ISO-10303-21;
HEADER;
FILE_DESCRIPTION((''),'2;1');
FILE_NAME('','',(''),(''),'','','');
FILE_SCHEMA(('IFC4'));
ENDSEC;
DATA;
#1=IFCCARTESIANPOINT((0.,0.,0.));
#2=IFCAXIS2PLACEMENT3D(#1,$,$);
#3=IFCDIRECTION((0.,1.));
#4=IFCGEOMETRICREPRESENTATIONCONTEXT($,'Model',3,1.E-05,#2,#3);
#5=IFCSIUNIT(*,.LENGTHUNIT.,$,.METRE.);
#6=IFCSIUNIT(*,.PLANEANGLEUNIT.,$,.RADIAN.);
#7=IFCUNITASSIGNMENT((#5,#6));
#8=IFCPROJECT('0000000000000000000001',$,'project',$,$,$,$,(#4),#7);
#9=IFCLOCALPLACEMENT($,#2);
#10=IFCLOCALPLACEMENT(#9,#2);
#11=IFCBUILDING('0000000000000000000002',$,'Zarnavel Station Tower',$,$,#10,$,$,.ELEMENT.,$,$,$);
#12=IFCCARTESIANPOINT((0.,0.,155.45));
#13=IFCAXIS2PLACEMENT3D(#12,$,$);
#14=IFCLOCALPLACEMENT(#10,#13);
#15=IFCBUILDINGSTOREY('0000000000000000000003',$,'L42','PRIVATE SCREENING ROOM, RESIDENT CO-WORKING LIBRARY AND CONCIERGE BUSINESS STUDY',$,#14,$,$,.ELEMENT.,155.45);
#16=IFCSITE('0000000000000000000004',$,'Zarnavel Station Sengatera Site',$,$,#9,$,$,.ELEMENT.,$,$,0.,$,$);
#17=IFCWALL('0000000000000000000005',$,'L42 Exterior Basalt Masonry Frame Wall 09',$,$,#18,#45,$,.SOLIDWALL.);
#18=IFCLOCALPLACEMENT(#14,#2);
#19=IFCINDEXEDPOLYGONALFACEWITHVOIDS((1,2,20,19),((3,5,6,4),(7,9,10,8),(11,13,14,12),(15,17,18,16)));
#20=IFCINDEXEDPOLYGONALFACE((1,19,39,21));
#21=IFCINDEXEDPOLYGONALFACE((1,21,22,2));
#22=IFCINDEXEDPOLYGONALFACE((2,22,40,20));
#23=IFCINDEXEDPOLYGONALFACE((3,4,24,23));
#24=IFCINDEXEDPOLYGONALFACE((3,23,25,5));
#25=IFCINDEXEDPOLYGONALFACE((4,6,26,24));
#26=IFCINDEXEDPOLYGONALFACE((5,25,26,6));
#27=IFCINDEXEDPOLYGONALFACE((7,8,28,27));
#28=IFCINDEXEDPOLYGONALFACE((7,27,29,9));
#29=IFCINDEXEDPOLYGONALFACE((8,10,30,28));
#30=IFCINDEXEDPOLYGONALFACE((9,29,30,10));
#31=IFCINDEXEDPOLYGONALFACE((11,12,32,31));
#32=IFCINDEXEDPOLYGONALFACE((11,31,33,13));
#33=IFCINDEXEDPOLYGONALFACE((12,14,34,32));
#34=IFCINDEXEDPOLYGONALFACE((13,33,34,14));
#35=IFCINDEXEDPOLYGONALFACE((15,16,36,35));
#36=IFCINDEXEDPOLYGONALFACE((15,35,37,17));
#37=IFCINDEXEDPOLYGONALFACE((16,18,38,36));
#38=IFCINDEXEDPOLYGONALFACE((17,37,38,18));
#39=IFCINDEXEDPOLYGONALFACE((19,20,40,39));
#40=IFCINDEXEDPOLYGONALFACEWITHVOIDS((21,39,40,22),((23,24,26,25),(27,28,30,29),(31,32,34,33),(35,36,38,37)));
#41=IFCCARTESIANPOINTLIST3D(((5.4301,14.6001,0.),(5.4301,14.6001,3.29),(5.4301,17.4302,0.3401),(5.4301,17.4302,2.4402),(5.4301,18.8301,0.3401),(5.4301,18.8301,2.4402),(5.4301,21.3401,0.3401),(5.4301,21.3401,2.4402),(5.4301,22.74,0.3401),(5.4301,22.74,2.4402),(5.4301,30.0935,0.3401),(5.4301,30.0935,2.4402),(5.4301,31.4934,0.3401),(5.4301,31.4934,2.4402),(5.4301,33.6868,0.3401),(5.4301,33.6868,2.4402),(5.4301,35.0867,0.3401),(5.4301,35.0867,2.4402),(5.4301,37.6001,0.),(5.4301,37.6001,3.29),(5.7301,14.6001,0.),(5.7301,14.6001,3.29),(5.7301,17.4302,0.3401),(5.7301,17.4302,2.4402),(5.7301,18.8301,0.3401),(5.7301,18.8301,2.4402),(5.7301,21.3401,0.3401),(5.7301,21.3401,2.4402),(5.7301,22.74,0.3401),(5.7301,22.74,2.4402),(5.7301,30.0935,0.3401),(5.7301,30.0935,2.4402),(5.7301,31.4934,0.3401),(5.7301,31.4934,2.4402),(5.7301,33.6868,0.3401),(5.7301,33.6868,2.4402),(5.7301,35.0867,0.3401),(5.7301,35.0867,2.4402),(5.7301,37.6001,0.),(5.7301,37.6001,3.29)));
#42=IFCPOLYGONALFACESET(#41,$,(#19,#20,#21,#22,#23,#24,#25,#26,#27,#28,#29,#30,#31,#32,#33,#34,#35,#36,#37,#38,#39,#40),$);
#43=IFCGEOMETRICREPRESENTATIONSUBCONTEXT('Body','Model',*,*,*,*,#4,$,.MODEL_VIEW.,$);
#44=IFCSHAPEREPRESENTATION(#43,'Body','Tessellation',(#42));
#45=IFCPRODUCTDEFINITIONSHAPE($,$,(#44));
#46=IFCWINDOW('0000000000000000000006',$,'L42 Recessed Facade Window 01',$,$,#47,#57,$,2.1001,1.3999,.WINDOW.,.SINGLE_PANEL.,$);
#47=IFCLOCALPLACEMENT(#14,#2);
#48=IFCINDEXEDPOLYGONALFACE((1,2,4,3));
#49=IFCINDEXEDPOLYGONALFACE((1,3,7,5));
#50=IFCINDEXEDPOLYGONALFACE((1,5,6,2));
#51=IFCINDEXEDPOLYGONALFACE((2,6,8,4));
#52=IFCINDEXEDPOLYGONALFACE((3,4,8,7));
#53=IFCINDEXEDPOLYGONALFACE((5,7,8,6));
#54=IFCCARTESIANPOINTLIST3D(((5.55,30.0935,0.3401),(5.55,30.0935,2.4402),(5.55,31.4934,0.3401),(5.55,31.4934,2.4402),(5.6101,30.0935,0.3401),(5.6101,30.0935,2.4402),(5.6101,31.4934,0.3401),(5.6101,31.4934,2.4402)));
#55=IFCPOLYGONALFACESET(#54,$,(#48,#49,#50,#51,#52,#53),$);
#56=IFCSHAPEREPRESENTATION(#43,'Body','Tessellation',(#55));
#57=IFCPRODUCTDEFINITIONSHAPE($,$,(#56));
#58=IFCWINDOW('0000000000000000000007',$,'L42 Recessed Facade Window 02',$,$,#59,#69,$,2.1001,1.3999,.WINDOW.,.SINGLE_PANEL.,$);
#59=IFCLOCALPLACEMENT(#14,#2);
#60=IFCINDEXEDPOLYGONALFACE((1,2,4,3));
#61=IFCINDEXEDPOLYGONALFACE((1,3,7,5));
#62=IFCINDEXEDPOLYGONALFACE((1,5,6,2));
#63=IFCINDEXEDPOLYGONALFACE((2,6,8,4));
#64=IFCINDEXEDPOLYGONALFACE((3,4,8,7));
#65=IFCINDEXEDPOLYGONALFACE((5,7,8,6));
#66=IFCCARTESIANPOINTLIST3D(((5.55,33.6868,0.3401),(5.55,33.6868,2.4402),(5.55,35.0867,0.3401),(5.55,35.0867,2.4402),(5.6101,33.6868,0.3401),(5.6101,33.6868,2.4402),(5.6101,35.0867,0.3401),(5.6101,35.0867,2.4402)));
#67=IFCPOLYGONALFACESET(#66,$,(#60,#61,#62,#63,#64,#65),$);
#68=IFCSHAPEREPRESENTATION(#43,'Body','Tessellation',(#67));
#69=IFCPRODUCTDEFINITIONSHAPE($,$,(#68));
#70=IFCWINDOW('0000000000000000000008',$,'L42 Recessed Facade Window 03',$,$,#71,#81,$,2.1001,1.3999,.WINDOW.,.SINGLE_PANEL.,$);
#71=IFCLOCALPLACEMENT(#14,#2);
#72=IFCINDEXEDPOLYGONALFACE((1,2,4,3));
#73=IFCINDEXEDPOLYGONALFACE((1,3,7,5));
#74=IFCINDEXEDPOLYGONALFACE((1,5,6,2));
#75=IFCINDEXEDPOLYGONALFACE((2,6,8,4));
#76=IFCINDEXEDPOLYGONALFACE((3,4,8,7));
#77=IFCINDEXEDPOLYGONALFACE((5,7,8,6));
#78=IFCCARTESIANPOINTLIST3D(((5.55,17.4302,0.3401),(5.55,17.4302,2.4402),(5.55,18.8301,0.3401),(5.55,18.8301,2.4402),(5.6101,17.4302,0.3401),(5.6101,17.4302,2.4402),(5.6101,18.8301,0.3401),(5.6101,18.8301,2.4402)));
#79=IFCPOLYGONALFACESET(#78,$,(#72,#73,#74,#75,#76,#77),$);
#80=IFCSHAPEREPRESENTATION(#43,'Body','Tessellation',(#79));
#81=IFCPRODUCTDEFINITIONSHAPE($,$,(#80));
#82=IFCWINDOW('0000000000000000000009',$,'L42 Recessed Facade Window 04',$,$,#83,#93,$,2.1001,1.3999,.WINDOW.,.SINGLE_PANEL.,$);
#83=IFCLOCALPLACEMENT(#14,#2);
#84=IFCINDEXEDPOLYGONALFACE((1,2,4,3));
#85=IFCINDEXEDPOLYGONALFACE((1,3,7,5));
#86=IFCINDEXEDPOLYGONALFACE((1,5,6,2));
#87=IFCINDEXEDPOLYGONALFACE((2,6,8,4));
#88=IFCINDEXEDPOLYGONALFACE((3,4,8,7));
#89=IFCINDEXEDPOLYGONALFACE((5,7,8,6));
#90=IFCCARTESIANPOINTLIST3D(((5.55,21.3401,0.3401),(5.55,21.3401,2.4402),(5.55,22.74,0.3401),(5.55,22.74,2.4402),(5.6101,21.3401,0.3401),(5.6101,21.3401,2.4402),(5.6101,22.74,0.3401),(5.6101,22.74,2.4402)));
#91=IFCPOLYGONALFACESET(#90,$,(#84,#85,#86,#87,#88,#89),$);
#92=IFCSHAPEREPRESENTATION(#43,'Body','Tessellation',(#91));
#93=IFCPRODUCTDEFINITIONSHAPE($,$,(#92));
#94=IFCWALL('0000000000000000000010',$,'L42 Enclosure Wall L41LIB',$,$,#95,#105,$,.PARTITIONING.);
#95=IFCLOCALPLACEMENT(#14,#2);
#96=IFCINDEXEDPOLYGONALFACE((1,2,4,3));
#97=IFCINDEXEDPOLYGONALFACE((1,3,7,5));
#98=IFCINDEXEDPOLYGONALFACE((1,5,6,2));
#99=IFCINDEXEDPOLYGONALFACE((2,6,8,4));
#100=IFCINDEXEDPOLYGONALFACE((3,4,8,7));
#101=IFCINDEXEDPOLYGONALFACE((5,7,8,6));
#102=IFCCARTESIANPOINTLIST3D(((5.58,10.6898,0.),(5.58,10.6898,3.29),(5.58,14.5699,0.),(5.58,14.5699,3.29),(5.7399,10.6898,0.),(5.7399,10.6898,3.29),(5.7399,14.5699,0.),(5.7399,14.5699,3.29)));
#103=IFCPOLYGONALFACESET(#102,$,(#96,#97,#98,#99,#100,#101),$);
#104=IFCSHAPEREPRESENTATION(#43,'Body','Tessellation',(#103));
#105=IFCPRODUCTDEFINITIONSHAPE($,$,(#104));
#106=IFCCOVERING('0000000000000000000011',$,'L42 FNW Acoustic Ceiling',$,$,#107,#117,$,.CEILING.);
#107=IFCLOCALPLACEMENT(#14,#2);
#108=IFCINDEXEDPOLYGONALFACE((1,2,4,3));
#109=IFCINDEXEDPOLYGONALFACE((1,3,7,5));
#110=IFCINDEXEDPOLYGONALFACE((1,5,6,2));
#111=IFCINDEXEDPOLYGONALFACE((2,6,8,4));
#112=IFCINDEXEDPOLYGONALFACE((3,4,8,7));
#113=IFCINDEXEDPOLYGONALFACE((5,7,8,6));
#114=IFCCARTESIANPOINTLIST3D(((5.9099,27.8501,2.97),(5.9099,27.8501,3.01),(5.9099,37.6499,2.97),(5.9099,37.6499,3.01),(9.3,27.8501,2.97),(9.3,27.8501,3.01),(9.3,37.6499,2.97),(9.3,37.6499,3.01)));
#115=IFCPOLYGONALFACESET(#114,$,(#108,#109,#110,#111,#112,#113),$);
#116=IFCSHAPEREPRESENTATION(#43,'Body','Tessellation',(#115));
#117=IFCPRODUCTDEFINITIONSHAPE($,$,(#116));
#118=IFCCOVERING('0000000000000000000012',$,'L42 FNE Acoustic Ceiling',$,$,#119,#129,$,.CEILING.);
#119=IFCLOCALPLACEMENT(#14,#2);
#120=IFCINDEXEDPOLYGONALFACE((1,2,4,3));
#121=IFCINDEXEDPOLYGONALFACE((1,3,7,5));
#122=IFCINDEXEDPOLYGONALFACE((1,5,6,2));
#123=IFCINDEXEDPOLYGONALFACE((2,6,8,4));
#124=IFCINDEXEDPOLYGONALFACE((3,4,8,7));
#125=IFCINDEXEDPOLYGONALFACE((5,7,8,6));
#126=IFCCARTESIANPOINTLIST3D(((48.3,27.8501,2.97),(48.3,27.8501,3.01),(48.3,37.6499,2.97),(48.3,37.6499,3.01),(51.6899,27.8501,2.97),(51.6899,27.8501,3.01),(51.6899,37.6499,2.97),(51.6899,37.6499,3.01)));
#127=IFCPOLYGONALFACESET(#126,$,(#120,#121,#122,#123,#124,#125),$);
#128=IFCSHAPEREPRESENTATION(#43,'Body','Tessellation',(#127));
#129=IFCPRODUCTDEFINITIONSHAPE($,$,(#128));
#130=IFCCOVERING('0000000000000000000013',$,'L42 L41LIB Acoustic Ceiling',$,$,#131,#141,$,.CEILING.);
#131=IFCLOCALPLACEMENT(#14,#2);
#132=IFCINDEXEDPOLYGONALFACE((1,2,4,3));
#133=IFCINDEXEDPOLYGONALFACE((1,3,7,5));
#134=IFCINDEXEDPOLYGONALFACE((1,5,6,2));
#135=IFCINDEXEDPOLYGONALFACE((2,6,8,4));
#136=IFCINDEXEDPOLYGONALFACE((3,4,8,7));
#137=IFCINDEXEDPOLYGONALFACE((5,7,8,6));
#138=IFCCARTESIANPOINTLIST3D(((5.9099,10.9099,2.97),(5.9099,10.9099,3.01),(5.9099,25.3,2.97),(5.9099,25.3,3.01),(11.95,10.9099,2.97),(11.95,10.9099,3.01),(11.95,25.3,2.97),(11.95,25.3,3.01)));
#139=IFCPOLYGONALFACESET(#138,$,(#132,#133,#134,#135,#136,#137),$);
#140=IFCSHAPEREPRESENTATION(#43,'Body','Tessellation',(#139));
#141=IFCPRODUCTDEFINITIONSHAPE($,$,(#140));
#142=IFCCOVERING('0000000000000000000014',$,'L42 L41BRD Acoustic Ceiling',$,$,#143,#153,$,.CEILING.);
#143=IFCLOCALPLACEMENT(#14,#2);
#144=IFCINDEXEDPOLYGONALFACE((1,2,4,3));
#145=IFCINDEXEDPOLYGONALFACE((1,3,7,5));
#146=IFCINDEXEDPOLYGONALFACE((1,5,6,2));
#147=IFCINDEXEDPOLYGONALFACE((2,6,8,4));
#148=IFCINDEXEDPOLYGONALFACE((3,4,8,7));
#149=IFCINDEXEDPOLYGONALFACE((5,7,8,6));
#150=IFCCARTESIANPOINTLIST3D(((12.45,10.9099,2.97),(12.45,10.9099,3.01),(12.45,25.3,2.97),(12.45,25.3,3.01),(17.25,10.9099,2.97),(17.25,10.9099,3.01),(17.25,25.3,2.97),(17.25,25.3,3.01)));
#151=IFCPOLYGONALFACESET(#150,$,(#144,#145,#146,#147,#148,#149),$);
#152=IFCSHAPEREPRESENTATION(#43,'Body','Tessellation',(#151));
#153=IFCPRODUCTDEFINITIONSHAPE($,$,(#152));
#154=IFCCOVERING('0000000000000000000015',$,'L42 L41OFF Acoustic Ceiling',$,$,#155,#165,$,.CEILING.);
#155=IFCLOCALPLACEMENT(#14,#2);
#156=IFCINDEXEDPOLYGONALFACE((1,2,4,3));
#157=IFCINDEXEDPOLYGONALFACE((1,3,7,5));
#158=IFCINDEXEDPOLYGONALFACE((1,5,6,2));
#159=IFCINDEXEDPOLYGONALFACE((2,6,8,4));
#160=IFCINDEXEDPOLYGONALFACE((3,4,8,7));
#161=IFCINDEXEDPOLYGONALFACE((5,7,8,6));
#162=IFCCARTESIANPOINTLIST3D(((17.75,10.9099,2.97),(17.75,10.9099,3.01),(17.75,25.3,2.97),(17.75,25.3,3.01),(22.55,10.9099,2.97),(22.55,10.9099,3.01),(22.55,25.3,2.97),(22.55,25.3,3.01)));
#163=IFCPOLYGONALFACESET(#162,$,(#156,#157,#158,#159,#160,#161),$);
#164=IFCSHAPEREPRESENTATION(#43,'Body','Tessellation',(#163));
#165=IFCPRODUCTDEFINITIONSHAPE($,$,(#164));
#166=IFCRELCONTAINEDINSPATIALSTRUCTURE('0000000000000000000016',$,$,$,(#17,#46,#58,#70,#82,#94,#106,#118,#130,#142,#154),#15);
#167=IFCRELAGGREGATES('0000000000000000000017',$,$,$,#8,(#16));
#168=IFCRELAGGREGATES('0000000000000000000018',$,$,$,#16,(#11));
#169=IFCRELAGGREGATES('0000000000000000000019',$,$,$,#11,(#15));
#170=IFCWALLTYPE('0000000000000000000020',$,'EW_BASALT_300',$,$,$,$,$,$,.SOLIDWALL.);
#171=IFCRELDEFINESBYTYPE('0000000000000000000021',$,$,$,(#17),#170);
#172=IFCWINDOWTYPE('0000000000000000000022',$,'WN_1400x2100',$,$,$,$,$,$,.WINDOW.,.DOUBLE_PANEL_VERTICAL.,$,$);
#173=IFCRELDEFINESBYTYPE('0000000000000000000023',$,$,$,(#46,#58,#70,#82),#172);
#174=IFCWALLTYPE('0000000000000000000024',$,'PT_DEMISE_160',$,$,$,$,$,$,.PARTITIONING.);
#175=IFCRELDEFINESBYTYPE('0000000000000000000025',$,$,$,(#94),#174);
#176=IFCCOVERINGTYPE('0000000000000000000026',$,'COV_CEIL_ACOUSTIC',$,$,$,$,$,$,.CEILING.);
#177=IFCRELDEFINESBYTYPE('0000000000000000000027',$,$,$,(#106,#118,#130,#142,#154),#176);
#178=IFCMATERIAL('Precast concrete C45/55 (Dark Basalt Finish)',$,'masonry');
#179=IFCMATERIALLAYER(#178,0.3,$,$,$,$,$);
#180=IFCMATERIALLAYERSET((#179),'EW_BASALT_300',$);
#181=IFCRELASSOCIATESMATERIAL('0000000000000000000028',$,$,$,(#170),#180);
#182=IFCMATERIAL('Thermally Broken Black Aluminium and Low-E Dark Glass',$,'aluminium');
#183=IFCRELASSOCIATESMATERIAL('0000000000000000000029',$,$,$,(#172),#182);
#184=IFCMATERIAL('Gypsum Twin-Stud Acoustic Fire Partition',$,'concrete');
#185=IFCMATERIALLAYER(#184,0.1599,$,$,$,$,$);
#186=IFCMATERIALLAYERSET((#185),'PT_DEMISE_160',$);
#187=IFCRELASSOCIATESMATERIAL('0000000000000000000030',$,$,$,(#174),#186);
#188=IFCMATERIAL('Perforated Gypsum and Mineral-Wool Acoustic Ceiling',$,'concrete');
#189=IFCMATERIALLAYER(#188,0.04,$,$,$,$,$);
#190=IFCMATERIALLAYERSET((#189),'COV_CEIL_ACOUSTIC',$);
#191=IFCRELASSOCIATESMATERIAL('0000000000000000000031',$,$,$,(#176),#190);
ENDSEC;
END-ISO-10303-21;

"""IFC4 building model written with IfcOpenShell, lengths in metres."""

from ifc_helpers import new_model, si_unit, direction, frame, frame_2d, origin, place, context, subcontext, project, spatial, polyline, rectangle, outline, extrude, material, layer, layer_set, type_object, element, fill, save


model = new_model("IFC4")

# Units and contexts
model_context = context("Model", 3, precision=1e-05, world=origin(), true_north=direction((0.0, 1.0)))
body_context = subcontext(model_context, "Body", "Model", "MODEL_VIEW")
ifc_project = project(units=[si_unit("LENGTHUNIT", "METRE"), si_unit("PLANEANGLEUNIT", "RADIAN")], contexts=[model_context])

# Site, building, storey
site_placement = place(None, origin())
site = spatial("IfcSite", under=ifc_project, at=site_placement, Name="Zarnavel Station Sengatera Site", CompositionType="ELEMENT", RefElevation=0.0)
building_placement = place(site_placement, origin())
building = spatial("IfcBuilding", under=site, at=building_placement, Name="Zarnavel Station Tower", CompositionType="ELEMENT")
storey_placement = place(building_placement, frame((0.0, 0.0, 155.45)))
storey = spatial("IfcBuildingStorey", under=building, at=storey_placement, Name="L42", Description="PRIVATE SCREENING ROOM, RESIDENT CO-WORKING LIBRARY AND CONCIERGE BUSINESS STUDY", CompositionType="ELEMENT", Elevation=155.45)

# Wall, openings, windows
ifc_material_1 = material(Name="Precast concrete C45/55 (Dark Basalt Finish)", Category="masonry")
ifc_layer_1 = layer(ifc_material_1, 0.3)
ifc_layer_set_1 = layer_set([ifc_layer_1], Name="EW_BASALT_300")
wall_type_1 = type_object("IfcWallType", Name="EW_BASALT_300", PredefinedType="SOLIDWALL", material=ifc_layer_set_1)
wall_1_placement = place(storey_placement, frame((5.5801, 14.6001, 0.0), z_axis=(0.0, 0.0, 1.0), x_axis=(0.0, 1.0, 0.0)))
wall_1 = element("IfcWall", 1, at=wall_1_placement, inside=storey, type_object=wall_type_1, Name="L42 Exterior Basalt Masonry Frame Wall 09", PredefinedType="SOLIDWALL", context=body_context, shape_type="SweptSolid", body=[
    extrude(rectangle(XDim=23.0, YDim=0.3, at=frame_2d((11.5, 0.0))), origin(), (0.0, 0.0, 1.0), 3.29),
])
opening_1_placement = place(wall_1_placement, frame((15.4934, 0.0, 0.3401)))
opening_1 = element("IfcOpeningElement", 2, at=opening_1_placement, cuts=wall_1, PredefinedType="OPENING", context=body_context, shape_type="SweptSolid", body=[
    extrude(rectangle(XDim=1.3999, YDim=2.1001, at=frame_2d((0.7, 1.05))), frame((0.0, 0.1599, 0.0), z_axis=(0.0, -1.0, 0.0), x_axis=(1.0, 0.0, 0.0)), (0.0, 0.0, 1.0), 0.3201),
])
opening_2_placement = place(wall_1_placement, frame((19.0867, 0.0, 0.3401)))
opening_2 = element("IfcOpeningElement", 3, at=opening_2_placement, cuts=wall_1, PredefinedType="OPENING", context=body_context, shape_type="SweptSolid", body=[
    extrude(rectangle(XDim=1.3999, YDim=2.1001, at=frame_2d((0.7, 1.05))), frame((0.0, 0.1599, 0.0), z_axis=(0.0, -1.0, 0.0), x_axis=(1.0, 0.0, 0.0)), (0.0, 0.0, 1.0), 0.3201),
])
opening_3_placement = place(wall_1_placement, frame((2.8301, 0.0, 0.3401)))
opening_3 = element("IfcOpeningElement", 4, at=opening_3_placement, cuts=wall_1, PredefinedType="OPENING", context=body_context, shape_type="SweptSolid", body=[
    extrude(rectangle(XDim=1.3999, YDim=2.1001, at=frame_2d((0.7, 1.05))), frame((0.0, 0.1599, 0.0), z_axis=(0.0, -1.0, 0.0), x_axis=(1.0, 0.0, 0.0)), (0.0, 0.0, 1.0), 0.3201),
])
opening_4_placement = place(wall_1_placement, frame((6.74, 0.0, 0.3401)))
opening_4 = element("IfcOpeningElement", 5, at=opening_4_placement, cuts=wall_1, PredefinedType="OPENING", context=body_context, shape_type="SweptSolid", body=[
    extrude(rectangle(XDim=1.3999, YDim=2.1001, at=frame_2d((0.7, 1.05))), frame((0.0, 0.1599, 0.0), z_axis=(0.0, -1.0, 0.0), x_axis=(1.0, 0.0, 0.0)), (0.0, 0.0, 1.0), 0.3201),
])
ifc_material_2 = material(Name="Thermally Broken Black Aluminium and Low-E Dark Glass", Category="aluminium")
window_type = type_object("IfcWindowType", Name="WN_1400x2100", PartitioningType="DOUBLE_PANEL_VERTICAL", PredefinedType="WINDOW", material=ifc_material_2)
window_1_placement = place(opening_1_placement, origin())
window_1 = element("IfcWindow", 6, at=window_1_placement, inside=storey, type_object=window_type, Name="L42 Recessed Facade Window 01", OverallHeight=2.1001, OverallWidth=1.3999, PartitioningType="SINGLE_PANEL", PredefinedType="WINDOW", context=body_context, shape_type="SweptSolid", body=[
    extrude(rectangle(XDim=1.3999, YDim=2.1001, at=frame_2d((0.7, 1.05))), frame((0.0, 0.03, 0.0), z_axis=(0.0, -1.0, 0.0), x_axis=(1.0, 0.0, 0.0)), (0.0, 0.0, 1.0), 0.0601),
])
fill(opening_1, window_1)
window_2_placement = place(opening_2_placement, origin())
window_2 = element("IfcWindow", 7, at=window_2_placement, inside=storey, type_object=window_type, Name="L42 Recessed Facade Window 02", OverallHeight=2.1001, OverallWidth=1.3999, PartitioningType="SINGLE_PANEL", PredefinedType="WINDOW", context=body_context, shape_type="SweptSolid", body=[
    extrude(rectangle(XDim=1.3999, YDim=2.1001, at=frame_2d((0.7, 1.05))), frame((0.0, 0.03, 0.0), z_axis=(0.0, -1.0, 0.0), x_axis=(1.0, 0.0, 0.0)), (0.0, 0.0, 1.0), 0.0601),
])
fill(opening_2, window_2)
window_3_placement = place(opening_3_placement, origin())
window_3 = element("IfcWindow", 8, at=window_3_placement, inside=storey, type_object=window_type, Name="L42 Recessed Facade Window 03", OverallHeight=2.1001, OverallWidth=1.3999, PartitioningType="SINGLE_PANEL", PredefinedType="WINDOW", context=body_context, shape_type="SweptSolid", body=[
    extrude(rectangle(XDim=1.3999, YDim=2.1001, at=frame_2d((0.7, 1.05))), frame((0.0, 0.03, 0.0), z_axis=(0.0, -1.0, 0.0), x_axis=(1.0, 0.0, 0.0)), (0.0, 0.0, 1.0), 0.0601),
])
fill(opening_3, window_3)
window_4_placement = place(opening_4_placement, origin())
window_4 = element("IfcWindow", 9, at=window_4_placement, inside=storey, type_object=window_type, Name="L42 Recessed Facade Window 04", OverallHeight=2.1001, OverallWidth=1.3999, PartitioningType="SINGLE_PANEL", PredefinedType="WINDOW", context=body_context, shape_type="SweptSolid", body=[
    extrude(rectangle(XDim=1.3999, YDim=2.1001, at=frame_2d((0.7, 1.05))), frame((0.0, 0.03, 0.0), z_axis=(0.0, -1.0, 0.0), x_axis=(1.0, 0.0, 0.0)), (0.0, 0.0, 1.0), 0.0601),
])
fill(opening_4, window_4)

# Wall
ifc_material_3 = material(Name="Gypsum Twin-Stud Acoustic Fire Partition", Category="concrete")
ifc_layer_2 = layer(ifc_material_3, 0.1599)
ifc_layer_set_2 = layer_set([ifc_layer_2], Name="PT_DEMISE_160")
wall_type_2 = type_object("IfcWallType", Name="PT_DEMISE_160", PredefinedType="PARTITIONING", material=ifc_layer_set_2)
wall_2_placement = place(storey_placement, frame((5.6599, 10.6899, 0.0), z_axis=(0.0, 0.0, 1.0), x_axis=(0.0, 1.0, 0.0)))
element("IfcWall", 10, at=wall_2_placement, inside=storey, type_object=wall_type_2, Name="L42 Enclosure Wall L41LIB", PredefinedType="PARTITIONING", context=body_context, shape_type="SweptSolid", body=[
    extrude(rectangle(XDim=3.8801, YDim=0.1599, at=frame_2d((1.9399, 0.0))), origin(), (0.0, 0.0, 1.0), 3.29),
])

# Coverings
ifc_material_4 = material(Name="Perforated Gypsum and Mineral-Wool Acoustic Ceiling", Category="concrete")
ifc_layer_3 = layer(ifc_material_4, 0.04)
ifc_layer_set_3 = layer_set([ifc_layer_3], Name="COV_CEIL_ACOUSTIC")
covering_type_1 = type_object("IfcCoveringType", Name="COV_CEIL_ACOUSTIC", PredefinedType="CEILING", material=ifc_layer_set_3)
covering_1_placement = place(storey_placement, frame((0.0, 0.0, 2.97)))
element("IfcCovering", 11, at=covering_1_placement, inside=storey, type_object=covering_type_1, Name="L42 FNW Acoustic Ceiling", PredefinedType="CEILING", context=body_context, shape_type="SweptSolid", body=[
    extrude(outline(polyline([(5.9099, 27.8501), (9.3, 27.8501), (9.3, 37.6499), (5.9099, 37.6499), (5.9099, 27.8501)])), origin(), (0.0, 0.0, 1.0), 0.04),
])
covering_2_placement = place(storey_placement, frame((0.0, 0.0, 2.97)))
element("IfcCovering", 12, at=covering_2_placement, inside=storey, type_object=covering_type_1, Name="L42 FNE Acoustic Ceiling", PredefinedType="CEILING", context=body_context, shape_type="SweptSolid", body=[
    extrude(outline(polyline([(48.3, 27.8501), (51.6899, 27.8501), (51.6899, 37.6499), (48.3, 37.6499), (48.3, 27.8501)])), origin(), (0.0, 0.0, 1.0), 0.04),
])
covering_3_placement = place(storey_placement, frame((0.0, 0.0, 2.97)))
element("IfcCovering", 13, at=covering_3_placement, inside=storey, type_object=covering_type_1, Name="L42 L41LIB Acoustic Ceiling", PredefinedType="CEILING", context=body_context, shape_type="SweptSolid", body=[
    extrude(outline(polyline([(5.9099, 10.9099), (11.95, 10.9099), (11.95, 25.3), (5.9099, 25.3), (5.9099, 10.9099)])), origin(), (0.0, 0.0, 1.0), 0.04),
])
covering_4_placement = place(storey_placement, frame((0.0, 0.0, 2.97)))
element("IfcCovering", 14, at=covering_4_placement, inside=storey, type_object=covering_type_1, Name="L42 L41BRD Acoustic Ceiling", PredefinedType="CEILING", context=body_context, shape_type="SweptSolid", body=[
    extrude(outline(polyline([(12.45, 10.9099), (17.25, 10.9099), (17.25, 25.3), (12.45, 25.3), (12.45, 10.9099)])), origin(), (0.0, 0.0, 1.0), 0.04),
])
covering_5_placement = place(storey_placement, frame((0.0, 0.0, 2.97)))
element("IfcCovering", 15, at=covering_5_placement, inside=storey, type_object=covering_type_1, Name="L42 L41OFF Acoustic Ceiling", PredefinedType="CEILING", context=body_context, shape_type="SweptSolid", body=[
    extrude(outline(polyline([(17.75, 10.9099), (22.55, 10.9099), (22.55, 25.3), (17.75, 25.3), (17.75, 10.9099)])), origin(), (0.0, 0.0, 1.0), 0.04),
])

save(model, "model.ifc")
